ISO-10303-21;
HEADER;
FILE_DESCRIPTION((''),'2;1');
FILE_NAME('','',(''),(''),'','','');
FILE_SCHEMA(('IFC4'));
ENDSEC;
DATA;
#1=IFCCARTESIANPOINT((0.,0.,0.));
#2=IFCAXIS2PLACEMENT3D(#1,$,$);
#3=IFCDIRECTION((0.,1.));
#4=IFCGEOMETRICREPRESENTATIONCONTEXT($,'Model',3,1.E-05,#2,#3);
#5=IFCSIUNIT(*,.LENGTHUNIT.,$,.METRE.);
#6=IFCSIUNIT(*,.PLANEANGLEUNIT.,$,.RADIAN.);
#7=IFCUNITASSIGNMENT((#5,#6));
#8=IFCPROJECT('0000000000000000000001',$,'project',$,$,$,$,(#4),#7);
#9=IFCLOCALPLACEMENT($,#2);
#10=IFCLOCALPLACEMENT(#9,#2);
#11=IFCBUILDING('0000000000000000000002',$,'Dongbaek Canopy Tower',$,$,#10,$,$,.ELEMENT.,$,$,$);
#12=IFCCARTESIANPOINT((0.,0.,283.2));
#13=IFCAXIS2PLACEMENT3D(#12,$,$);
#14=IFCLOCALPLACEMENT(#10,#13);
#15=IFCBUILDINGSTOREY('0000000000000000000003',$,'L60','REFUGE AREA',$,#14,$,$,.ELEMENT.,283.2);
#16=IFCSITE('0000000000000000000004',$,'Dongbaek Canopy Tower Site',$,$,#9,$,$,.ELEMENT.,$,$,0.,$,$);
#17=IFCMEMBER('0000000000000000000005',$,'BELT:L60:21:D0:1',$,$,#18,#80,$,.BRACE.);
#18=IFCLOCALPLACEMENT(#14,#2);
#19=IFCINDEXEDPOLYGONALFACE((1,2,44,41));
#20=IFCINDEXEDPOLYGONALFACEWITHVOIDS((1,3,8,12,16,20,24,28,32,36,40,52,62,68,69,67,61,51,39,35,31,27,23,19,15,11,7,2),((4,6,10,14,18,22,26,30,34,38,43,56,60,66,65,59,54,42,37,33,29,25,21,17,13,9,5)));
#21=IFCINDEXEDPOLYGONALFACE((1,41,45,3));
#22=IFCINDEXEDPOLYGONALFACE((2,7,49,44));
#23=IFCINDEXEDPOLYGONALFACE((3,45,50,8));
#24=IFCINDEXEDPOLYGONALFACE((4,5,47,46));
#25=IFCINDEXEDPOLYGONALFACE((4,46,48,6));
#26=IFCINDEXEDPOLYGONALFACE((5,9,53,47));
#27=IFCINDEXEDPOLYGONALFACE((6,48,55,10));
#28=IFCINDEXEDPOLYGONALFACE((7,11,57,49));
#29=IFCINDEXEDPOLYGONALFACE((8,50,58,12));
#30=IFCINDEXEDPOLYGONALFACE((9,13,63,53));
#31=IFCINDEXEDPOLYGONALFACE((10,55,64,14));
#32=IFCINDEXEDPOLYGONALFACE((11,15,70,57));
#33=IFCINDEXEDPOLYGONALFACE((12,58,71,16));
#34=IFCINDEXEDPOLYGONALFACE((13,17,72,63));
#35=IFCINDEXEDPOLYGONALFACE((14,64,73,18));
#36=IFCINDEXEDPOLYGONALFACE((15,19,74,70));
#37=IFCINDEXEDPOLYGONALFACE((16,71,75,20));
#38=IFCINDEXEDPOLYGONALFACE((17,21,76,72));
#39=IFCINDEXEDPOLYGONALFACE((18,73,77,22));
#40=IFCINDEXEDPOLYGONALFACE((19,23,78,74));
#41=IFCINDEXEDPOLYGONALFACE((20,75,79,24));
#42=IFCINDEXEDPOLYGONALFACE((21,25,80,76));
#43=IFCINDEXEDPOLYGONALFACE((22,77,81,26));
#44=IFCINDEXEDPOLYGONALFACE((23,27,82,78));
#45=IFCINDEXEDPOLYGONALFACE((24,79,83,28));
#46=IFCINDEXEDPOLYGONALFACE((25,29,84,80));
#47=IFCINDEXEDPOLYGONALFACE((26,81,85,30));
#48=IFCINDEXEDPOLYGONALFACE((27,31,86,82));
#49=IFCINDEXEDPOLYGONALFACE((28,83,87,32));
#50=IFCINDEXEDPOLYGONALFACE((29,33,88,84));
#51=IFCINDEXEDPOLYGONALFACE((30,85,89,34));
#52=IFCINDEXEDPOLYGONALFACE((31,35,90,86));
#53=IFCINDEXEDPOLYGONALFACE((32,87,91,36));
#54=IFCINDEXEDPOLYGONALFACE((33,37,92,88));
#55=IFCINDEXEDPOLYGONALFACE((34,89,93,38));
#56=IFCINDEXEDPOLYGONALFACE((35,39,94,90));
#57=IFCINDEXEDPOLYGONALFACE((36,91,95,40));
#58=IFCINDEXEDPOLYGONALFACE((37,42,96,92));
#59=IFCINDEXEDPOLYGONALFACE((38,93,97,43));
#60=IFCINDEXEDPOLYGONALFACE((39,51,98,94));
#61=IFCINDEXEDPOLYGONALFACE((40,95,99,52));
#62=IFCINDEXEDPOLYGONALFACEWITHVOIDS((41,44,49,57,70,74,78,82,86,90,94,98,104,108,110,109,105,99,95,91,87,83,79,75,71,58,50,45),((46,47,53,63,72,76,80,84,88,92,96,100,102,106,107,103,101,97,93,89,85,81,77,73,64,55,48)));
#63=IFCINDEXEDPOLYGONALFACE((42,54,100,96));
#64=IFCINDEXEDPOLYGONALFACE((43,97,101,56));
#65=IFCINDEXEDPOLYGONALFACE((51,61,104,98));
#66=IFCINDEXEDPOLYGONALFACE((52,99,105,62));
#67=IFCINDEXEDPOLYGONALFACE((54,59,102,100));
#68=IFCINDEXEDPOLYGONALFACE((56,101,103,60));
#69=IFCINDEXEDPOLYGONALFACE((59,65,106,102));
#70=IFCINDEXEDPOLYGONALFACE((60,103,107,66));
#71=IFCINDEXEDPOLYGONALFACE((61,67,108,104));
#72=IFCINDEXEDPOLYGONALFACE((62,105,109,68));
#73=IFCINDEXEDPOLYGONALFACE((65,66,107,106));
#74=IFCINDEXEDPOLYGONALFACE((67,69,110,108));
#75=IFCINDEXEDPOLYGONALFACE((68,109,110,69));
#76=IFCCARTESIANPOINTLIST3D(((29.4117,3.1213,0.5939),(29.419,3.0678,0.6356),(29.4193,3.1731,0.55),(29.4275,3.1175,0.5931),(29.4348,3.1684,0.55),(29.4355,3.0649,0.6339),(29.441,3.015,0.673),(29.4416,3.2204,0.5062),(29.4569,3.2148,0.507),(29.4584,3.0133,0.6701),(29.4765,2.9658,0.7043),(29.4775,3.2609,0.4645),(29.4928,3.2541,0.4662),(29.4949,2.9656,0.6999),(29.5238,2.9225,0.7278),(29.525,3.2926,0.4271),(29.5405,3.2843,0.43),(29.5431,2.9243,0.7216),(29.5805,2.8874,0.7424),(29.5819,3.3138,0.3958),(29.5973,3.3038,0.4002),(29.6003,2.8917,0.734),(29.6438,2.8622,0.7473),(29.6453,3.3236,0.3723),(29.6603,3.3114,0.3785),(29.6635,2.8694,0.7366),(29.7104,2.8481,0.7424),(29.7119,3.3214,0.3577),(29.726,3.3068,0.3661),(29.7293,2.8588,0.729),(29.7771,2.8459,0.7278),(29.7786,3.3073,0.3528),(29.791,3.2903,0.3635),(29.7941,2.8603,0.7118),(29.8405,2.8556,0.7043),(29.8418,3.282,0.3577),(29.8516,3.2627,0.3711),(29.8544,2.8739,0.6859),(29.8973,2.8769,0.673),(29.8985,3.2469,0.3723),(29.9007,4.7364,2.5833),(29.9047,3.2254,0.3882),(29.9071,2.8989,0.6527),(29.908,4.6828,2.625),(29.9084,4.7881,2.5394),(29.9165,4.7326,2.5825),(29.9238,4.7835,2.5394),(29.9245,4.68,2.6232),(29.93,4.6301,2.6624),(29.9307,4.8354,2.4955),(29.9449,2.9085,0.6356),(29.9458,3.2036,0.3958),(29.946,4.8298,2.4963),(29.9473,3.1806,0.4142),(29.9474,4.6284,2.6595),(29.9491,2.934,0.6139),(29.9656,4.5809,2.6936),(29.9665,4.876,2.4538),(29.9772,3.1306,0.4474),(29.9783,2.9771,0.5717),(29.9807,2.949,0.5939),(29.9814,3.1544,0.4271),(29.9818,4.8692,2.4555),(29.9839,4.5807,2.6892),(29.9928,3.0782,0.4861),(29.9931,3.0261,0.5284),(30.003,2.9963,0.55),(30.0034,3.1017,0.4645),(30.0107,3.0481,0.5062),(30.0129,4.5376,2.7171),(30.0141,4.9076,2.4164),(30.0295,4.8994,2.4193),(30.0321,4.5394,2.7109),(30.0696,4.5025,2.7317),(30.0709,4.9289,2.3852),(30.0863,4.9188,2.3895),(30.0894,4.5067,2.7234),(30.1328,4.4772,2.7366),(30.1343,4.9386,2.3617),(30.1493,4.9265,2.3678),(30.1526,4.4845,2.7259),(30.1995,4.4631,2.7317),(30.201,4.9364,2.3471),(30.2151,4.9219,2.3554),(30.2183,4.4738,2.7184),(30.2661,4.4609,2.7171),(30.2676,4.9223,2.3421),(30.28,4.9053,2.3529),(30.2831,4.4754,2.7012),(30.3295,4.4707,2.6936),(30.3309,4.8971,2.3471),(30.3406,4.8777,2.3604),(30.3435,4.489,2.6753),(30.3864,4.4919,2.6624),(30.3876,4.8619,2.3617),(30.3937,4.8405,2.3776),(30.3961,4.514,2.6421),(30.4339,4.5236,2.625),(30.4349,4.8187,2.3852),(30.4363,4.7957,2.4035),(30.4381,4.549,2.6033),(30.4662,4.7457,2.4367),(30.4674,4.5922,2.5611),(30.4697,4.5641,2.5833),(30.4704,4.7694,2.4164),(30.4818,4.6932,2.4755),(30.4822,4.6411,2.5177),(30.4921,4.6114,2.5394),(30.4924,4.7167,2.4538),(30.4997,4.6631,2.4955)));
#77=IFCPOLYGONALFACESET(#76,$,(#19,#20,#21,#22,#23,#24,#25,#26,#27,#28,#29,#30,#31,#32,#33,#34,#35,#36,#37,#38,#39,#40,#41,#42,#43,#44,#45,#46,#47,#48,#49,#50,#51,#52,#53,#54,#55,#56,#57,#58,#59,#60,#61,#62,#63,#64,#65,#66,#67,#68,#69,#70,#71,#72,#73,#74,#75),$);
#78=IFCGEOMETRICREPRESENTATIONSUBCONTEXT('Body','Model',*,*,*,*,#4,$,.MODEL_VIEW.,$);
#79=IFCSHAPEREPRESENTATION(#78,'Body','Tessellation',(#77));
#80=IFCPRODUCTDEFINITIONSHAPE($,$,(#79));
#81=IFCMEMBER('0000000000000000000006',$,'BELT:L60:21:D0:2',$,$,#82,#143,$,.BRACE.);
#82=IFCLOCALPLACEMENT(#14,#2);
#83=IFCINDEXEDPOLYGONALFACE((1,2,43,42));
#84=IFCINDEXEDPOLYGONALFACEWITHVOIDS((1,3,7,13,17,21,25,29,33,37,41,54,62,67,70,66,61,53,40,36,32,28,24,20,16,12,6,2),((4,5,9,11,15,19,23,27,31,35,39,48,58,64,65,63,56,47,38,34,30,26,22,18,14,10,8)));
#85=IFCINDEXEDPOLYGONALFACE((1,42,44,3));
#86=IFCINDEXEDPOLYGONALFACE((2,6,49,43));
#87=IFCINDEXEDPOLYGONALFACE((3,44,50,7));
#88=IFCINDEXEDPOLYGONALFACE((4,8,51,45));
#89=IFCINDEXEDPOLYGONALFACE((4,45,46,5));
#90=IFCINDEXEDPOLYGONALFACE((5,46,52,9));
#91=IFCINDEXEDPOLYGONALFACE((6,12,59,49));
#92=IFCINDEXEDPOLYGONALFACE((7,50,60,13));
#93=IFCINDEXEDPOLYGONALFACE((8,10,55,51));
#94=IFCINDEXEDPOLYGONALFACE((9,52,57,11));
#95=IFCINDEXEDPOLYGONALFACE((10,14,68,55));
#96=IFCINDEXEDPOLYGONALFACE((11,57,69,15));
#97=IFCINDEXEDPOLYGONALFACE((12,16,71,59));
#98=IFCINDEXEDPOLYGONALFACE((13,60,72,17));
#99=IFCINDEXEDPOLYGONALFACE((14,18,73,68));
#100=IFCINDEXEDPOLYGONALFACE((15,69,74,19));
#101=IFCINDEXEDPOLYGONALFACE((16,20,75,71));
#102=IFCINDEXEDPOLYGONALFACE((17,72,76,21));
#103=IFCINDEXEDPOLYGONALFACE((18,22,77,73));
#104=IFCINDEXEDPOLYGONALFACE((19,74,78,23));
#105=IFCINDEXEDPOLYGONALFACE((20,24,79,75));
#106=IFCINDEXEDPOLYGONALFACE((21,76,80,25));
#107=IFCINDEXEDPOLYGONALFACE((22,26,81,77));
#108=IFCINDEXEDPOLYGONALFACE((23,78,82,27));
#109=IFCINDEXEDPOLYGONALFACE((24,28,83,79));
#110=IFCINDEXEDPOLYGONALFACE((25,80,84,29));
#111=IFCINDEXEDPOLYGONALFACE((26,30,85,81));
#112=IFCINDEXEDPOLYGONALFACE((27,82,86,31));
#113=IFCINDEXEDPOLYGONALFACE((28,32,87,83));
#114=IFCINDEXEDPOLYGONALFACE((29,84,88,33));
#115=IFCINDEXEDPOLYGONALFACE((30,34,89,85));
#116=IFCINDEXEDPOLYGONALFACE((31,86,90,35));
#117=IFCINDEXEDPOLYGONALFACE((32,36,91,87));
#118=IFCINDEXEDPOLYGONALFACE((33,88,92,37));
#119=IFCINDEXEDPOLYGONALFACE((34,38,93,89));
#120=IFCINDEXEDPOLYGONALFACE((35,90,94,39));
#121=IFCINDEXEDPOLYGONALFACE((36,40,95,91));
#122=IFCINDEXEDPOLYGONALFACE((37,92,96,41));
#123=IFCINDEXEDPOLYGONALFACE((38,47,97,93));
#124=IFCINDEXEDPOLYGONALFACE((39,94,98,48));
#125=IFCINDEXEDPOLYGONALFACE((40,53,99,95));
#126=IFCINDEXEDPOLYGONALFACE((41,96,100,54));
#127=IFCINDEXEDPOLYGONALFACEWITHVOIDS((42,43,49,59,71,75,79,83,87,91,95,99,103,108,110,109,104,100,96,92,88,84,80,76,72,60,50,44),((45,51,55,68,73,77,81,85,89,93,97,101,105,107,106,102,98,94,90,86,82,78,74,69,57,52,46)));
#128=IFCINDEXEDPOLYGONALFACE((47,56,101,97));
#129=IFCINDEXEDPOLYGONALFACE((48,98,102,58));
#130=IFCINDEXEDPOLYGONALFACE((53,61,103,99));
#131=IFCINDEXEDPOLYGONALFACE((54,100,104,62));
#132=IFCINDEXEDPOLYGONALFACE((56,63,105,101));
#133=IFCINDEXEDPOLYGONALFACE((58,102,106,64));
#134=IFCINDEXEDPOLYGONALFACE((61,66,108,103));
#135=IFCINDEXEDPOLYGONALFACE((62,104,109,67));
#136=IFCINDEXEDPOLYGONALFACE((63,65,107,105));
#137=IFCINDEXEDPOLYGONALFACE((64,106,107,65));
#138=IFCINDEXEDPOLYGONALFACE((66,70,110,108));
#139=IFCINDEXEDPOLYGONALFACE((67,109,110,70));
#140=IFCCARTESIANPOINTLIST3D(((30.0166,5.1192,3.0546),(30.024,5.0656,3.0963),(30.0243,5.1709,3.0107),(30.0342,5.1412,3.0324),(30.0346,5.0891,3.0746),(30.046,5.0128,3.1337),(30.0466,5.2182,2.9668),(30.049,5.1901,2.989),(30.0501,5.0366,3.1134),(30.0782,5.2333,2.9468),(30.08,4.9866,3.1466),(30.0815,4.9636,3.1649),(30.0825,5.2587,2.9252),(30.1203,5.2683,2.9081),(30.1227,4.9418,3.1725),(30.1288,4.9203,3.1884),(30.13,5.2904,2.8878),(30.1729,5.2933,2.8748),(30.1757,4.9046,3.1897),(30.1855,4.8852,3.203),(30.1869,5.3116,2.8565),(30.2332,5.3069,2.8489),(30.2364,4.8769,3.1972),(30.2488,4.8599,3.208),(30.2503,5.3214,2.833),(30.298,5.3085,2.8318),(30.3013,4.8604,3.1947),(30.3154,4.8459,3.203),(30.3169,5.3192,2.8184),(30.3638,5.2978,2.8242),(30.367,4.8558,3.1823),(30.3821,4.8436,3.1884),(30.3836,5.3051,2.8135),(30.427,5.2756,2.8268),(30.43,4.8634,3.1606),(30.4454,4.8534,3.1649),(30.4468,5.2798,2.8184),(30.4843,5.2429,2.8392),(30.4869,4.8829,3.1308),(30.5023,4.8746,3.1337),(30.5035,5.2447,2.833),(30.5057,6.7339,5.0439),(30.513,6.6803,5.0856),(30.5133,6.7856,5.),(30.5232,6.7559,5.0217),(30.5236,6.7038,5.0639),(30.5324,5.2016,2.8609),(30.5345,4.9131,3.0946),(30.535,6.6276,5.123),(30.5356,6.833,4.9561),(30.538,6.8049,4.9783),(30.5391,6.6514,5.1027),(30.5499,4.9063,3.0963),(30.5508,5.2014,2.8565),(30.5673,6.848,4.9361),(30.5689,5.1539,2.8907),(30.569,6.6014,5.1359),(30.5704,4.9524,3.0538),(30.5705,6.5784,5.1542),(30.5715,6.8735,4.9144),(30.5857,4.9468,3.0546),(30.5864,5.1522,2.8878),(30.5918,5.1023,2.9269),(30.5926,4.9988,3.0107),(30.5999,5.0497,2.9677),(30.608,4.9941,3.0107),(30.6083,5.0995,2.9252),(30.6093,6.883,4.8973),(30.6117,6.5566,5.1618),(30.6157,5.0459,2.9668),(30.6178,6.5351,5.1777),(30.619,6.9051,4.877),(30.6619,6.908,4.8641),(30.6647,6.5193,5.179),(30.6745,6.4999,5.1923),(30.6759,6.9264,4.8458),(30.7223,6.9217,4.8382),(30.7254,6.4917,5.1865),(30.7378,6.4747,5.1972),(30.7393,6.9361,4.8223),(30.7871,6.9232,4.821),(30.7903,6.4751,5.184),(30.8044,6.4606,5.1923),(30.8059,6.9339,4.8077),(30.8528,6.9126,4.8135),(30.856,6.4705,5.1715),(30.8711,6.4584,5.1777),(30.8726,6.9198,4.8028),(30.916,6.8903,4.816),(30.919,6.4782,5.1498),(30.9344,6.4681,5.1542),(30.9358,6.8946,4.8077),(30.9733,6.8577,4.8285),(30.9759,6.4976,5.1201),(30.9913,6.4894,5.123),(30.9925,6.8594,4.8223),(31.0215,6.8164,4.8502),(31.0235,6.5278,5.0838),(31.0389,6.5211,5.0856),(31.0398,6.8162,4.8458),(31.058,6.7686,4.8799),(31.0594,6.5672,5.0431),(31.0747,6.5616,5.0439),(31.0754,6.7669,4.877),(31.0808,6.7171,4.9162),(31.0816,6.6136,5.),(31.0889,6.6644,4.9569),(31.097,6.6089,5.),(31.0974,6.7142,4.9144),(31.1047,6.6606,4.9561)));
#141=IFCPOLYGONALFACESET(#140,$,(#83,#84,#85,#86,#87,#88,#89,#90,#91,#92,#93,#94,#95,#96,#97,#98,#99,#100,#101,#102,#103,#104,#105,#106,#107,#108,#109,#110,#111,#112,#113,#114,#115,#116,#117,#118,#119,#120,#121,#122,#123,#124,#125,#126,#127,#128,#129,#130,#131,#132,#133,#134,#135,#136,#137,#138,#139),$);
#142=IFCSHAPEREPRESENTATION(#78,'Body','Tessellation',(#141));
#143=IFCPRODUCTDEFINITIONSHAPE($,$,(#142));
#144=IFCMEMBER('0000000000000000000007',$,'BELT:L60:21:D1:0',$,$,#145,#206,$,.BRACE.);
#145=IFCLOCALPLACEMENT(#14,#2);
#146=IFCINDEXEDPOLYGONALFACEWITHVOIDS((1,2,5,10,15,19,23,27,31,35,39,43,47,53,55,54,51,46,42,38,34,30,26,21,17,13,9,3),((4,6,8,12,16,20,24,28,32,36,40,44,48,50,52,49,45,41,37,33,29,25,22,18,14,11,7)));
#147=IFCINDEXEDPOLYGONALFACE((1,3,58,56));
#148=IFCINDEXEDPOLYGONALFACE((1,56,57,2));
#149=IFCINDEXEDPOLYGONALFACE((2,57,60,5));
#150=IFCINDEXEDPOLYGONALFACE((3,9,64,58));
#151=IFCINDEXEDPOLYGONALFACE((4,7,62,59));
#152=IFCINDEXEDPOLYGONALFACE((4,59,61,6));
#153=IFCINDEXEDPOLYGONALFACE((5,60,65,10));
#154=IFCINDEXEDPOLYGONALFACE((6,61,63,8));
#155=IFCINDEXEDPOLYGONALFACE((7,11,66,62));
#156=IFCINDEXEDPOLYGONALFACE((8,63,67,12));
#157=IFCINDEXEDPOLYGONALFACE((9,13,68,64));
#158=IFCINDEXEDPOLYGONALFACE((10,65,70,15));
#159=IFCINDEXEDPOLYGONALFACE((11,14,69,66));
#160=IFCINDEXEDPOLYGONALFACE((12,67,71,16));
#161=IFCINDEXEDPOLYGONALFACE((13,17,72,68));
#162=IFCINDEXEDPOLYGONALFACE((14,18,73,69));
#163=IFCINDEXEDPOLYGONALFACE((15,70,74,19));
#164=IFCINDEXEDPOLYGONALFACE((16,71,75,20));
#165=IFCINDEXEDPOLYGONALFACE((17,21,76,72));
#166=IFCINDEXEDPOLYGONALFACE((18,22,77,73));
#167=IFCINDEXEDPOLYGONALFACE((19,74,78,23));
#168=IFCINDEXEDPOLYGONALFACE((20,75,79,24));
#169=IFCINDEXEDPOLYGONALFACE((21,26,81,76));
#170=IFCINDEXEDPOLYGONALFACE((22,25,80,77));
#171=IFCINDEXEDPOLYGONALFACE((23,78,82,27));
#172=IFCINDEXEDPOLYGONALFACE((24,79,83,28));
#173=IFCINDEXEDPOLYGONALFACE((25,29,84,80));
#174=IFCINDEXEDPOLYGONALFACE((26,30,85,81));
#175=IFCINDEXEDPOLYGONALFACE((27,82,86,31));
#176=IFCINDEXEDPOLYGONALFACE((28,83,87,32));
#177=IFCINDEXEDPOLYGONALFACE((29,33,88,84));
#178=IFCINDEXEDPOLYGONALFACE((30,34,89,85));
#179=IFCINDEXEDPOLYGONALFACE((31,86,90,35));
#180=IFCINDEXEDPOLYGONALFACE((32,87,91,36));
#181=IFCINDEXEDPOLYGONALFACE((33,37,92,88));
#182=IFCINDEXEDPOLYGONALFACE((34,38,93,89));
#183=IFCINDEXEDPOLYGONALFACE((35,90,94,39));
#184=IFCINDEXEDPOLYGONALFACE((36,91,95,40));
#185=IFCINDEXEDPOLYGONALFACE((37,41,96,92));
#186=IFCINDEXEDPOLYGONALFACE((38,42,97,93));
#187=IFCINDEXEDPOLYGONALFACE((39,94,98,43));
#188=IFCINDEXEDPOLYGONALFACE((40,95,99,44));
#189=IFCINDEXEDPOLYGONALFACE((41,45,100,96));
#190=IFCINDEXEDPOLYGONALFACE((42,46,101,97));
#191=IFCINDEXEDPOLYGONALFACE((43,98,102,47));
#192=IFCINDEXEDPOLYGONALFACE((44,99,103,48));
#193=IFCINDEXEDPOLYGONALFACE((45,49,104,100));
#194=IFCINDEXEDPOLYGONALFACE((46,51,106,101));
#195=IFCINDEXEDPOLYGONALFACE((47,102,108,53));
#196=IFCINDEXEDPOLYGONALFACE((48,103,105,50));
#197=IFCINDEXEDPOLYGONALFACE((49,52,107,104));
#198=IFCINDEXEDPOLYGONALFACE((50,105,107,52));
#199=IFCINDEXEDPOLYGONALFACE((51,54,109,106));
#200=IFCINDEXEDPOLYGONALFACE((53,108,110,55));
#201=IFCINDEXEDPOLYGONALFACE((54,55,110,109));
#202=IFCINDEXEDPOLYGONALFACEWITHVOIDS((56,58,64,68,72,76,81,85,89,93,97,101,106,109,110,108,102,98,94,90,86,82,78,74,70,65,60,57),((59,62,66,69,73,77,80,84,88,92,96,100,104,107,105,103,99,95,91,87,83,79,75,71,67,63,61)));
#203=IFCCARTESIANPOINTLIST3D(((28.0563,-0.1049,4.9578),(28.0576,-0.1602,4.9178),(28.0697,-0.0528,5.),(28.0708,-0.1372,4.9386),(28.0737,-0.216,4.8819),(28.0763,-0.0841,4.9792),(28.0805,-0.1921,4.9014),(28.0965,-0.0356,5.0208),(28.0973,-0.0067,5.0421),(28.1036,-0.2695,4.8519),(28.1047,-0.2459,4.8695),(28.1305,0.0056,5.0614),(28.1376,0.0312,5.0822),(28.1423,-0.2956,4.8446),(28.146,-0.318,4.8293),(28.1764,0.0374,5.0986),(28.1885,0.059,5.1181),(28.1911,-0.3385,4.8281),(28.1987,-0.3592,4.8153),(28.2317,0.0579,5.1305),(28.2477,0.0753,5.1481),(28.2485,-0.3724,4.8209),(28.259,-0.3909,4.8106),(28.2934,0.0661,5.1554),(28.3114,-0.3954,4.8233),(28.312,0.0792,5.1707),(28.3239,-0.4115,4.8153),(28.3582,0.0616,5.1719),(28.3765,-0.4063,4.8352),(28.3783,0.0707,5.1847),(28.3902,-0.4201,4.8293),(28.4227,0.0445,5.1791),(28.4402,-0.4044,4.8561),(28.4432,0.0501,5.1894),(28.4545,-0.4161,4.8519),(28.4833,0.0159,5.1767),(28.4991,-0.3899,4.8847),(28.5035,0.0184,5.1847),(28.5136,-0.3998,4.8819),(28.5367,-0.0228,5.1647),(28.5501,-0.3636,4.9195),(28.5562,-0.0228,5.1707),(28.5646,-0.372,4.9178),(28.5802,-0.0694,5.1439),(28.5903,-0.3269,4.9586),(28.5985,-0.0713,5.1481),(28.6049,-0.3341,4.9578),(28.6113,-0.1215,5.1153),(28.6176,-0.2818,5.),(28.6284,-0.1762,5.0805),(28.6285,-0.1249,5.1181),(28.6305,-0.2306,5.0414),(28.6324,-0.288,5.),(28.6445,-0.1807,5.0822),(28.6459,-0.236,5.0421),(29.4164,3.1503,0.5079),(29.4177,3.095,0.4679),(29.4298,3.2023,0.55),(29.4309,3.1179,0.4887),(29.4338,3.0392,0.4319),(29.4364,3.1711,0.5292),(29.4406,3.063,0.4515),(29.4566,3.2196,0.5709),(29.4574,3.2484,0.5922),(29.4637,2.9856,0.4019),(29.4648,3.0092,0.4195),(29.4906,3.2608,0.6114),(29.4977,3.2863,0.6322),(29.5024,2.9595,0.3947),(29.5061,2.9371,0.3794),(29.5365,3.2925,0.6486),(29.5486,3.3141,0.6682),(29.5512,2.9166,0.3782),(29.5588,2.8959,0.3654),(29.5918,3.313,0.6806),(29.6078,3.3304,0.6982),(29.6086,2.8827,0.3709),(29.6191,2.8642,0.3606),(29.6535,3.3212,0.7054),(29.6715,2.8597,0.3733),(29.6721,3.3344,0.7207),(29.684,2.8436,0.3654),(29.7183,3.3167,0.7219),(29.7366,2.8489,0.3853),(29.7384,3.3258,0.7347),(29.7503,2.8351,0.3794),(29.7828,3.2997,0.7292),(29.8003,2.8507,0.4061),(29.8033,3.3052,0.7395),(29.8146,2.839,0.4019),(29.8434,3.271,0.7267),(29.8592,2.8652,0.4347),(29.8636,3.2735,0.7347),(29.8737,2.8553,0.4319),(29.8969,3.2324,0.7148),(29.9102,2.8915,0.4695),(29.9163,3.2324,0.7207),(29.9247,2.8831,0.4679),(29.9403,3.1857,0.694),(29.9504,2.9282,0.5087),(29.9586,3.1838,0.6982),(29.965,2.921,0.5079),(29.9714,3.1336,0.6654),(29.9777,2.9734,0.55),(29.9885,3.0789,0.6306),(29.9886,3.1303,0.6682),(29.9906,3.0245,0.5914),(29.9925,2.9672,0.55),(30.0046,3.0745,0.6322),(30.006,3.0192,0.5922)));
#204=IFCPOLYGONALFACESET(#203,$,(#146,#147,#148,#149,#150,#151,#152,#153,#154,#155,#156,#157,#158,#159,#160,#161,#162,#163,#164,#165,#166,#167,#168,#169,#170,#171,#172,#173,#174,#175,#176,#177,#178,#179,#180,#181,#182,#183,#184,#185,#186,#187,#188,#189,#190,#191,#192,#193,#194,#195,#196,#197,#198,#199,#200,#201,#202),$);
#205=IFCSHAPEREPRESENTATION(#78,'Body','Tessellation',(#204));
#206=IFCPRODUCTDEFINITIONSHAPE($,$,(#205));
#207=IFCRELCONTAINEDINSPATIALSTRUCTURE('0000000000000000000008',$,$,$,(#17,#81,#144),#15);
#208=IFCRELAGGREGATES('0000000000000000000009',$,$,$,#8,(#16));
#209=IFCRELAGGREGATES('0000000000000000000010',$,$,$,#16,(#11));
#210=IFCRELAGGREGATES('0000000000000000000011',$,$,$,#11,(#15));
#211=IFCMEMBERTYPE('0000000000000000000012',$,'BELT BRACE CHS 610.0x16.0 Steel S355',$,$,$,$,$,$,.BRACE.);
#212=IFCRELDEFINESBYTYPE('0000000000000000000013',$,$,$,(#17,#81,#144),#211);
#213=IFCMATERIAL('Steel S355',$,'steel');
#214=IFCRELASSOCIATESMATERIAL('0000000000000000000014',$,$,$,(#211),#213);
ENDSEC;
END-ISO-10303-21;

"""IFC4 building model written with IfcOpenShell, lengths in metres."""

from ifc_helpers import new_model, si_unit, direction, frame, origin, origin_2d, place, context, subcontext, project, spatial, hollow_circle, extrude, material, material_profile, profile_set, type_object, element, save


model = new_model("IFC4")

# Units and contexts
model_context = context("Model", 3, precision=1e-05, world=origin(), true_north=direction((0.0, 1.0)))
body_context = subcontext(model_context, "Body", "Model", "MODEL_VIEW")
ifc_project = project(units=[si_unit("LENGTHUNIT", "METRE"), si_unit("PLANEANGLEUNIT", "RADIAN")], contexts=[model_context])

# Site, building, storey
site_placement = place(None, origin())
site = spatial("IfcSite", under=ifc_project, at=site_placement, Name="Dongbaek Canopy Tower Site", CompositionType="ELEMENT", RefElevation=0.0)
building_placement = place(site_placement, origin())
building = spatial("IfcBuilding", under=site, at=building_placement, Name="Dongbaek Canopy Tower", CompositionType="ELEMENT")
storey_placement = place(building_placement, frame((0.0, 0.0, 283.2)))
storey = spatial("IfcBuildingStorey", under=building, at=storey_placement, Name="L60", Description="REFUGE AREA", CompositionType="ELEMENT", Elevation=283.2)

# Members
ifc_material_1 = material(Name="Steel S355", Category="steel")
ifc_material_profile_1 = material_profile(ifc_material_1, hollow_circle(Radius=0.3049, WallThickness=0.0161, at=origin_2d()), Name="BELT BRACE CHS 610.0x16.0 Steel S355")
ifc_profile_set_1 = profile_set([ifc_material_profile_1], Name="Steel S355")
member_type_1 = type_object("IfcMemberType", Name="BELT BRACE CHS 610.0x16.0 Steel S355", PredefinedType="BRACE", material=ifc_profile_set_1)
member_1_placement = place(storey_placement, frame((29.7112, 3.0847, 0.55), z_axis=(0.187467, 0.619117, 0.762595), x_axis=(-0.957086, 0.289803, 0.0)))
element("IfcMember", 1, at=member_1_placement, inside=storey, type_object=member_type_1, Name="BELT:L60:21:D0:1", PredefinedType="BRACE", context=body_context, shape_type="SweptSolid", body=[
    extrude(hollow_circle(Radius=0.3049, WallThickness=0.0161, at=origin_2d()), origin(), (0.0, 0.0, 1.0), 2.6086),
])
member_2_placement = place(storey_placement, frame((30.8052, 6.6973, 5.0), z_axis=(-0.187477, -0.619059, -0.762639), x_axis=(0.957074, -0.289843, 0.0)))
element("IfcMember", 2, at=member_2_placement, inside=storey, type_object=member_type_1, Name="BELT:L60:21:D0:2", PredefinedType="BRACE", context=body_context, shape_type="SweptSolid", body=[
    extrude(hollow_circle(Radius=0.3049, WallThickness=0.0161, at=origin_2d()), origin(), (0.0, 0.0, 1.0), 2.6084),
])
member_3_placement = place(storey_placement, frame((29.7112, 3.0847, 0.55), z_axis=(-0.23951, -0.573215, 0.783619), x_axis=(0.922694, -0.385534, 0.0)))
element("IfcMember", 3, at=member_3_placement, inside=storey, type_object=member_type_1, Name="BELT:L60:21:D1:0", PredefinedType="BRACE", context=body_context, shape_type="SweptSolid", body=[
    extrude(hollow_circle(Radius=0.3049, WallThickness=0.0161, at=origin_2d()), origin(), (0.0, 0.0, 1.0), 5.6787),
])

save(model, "model.ifc")
